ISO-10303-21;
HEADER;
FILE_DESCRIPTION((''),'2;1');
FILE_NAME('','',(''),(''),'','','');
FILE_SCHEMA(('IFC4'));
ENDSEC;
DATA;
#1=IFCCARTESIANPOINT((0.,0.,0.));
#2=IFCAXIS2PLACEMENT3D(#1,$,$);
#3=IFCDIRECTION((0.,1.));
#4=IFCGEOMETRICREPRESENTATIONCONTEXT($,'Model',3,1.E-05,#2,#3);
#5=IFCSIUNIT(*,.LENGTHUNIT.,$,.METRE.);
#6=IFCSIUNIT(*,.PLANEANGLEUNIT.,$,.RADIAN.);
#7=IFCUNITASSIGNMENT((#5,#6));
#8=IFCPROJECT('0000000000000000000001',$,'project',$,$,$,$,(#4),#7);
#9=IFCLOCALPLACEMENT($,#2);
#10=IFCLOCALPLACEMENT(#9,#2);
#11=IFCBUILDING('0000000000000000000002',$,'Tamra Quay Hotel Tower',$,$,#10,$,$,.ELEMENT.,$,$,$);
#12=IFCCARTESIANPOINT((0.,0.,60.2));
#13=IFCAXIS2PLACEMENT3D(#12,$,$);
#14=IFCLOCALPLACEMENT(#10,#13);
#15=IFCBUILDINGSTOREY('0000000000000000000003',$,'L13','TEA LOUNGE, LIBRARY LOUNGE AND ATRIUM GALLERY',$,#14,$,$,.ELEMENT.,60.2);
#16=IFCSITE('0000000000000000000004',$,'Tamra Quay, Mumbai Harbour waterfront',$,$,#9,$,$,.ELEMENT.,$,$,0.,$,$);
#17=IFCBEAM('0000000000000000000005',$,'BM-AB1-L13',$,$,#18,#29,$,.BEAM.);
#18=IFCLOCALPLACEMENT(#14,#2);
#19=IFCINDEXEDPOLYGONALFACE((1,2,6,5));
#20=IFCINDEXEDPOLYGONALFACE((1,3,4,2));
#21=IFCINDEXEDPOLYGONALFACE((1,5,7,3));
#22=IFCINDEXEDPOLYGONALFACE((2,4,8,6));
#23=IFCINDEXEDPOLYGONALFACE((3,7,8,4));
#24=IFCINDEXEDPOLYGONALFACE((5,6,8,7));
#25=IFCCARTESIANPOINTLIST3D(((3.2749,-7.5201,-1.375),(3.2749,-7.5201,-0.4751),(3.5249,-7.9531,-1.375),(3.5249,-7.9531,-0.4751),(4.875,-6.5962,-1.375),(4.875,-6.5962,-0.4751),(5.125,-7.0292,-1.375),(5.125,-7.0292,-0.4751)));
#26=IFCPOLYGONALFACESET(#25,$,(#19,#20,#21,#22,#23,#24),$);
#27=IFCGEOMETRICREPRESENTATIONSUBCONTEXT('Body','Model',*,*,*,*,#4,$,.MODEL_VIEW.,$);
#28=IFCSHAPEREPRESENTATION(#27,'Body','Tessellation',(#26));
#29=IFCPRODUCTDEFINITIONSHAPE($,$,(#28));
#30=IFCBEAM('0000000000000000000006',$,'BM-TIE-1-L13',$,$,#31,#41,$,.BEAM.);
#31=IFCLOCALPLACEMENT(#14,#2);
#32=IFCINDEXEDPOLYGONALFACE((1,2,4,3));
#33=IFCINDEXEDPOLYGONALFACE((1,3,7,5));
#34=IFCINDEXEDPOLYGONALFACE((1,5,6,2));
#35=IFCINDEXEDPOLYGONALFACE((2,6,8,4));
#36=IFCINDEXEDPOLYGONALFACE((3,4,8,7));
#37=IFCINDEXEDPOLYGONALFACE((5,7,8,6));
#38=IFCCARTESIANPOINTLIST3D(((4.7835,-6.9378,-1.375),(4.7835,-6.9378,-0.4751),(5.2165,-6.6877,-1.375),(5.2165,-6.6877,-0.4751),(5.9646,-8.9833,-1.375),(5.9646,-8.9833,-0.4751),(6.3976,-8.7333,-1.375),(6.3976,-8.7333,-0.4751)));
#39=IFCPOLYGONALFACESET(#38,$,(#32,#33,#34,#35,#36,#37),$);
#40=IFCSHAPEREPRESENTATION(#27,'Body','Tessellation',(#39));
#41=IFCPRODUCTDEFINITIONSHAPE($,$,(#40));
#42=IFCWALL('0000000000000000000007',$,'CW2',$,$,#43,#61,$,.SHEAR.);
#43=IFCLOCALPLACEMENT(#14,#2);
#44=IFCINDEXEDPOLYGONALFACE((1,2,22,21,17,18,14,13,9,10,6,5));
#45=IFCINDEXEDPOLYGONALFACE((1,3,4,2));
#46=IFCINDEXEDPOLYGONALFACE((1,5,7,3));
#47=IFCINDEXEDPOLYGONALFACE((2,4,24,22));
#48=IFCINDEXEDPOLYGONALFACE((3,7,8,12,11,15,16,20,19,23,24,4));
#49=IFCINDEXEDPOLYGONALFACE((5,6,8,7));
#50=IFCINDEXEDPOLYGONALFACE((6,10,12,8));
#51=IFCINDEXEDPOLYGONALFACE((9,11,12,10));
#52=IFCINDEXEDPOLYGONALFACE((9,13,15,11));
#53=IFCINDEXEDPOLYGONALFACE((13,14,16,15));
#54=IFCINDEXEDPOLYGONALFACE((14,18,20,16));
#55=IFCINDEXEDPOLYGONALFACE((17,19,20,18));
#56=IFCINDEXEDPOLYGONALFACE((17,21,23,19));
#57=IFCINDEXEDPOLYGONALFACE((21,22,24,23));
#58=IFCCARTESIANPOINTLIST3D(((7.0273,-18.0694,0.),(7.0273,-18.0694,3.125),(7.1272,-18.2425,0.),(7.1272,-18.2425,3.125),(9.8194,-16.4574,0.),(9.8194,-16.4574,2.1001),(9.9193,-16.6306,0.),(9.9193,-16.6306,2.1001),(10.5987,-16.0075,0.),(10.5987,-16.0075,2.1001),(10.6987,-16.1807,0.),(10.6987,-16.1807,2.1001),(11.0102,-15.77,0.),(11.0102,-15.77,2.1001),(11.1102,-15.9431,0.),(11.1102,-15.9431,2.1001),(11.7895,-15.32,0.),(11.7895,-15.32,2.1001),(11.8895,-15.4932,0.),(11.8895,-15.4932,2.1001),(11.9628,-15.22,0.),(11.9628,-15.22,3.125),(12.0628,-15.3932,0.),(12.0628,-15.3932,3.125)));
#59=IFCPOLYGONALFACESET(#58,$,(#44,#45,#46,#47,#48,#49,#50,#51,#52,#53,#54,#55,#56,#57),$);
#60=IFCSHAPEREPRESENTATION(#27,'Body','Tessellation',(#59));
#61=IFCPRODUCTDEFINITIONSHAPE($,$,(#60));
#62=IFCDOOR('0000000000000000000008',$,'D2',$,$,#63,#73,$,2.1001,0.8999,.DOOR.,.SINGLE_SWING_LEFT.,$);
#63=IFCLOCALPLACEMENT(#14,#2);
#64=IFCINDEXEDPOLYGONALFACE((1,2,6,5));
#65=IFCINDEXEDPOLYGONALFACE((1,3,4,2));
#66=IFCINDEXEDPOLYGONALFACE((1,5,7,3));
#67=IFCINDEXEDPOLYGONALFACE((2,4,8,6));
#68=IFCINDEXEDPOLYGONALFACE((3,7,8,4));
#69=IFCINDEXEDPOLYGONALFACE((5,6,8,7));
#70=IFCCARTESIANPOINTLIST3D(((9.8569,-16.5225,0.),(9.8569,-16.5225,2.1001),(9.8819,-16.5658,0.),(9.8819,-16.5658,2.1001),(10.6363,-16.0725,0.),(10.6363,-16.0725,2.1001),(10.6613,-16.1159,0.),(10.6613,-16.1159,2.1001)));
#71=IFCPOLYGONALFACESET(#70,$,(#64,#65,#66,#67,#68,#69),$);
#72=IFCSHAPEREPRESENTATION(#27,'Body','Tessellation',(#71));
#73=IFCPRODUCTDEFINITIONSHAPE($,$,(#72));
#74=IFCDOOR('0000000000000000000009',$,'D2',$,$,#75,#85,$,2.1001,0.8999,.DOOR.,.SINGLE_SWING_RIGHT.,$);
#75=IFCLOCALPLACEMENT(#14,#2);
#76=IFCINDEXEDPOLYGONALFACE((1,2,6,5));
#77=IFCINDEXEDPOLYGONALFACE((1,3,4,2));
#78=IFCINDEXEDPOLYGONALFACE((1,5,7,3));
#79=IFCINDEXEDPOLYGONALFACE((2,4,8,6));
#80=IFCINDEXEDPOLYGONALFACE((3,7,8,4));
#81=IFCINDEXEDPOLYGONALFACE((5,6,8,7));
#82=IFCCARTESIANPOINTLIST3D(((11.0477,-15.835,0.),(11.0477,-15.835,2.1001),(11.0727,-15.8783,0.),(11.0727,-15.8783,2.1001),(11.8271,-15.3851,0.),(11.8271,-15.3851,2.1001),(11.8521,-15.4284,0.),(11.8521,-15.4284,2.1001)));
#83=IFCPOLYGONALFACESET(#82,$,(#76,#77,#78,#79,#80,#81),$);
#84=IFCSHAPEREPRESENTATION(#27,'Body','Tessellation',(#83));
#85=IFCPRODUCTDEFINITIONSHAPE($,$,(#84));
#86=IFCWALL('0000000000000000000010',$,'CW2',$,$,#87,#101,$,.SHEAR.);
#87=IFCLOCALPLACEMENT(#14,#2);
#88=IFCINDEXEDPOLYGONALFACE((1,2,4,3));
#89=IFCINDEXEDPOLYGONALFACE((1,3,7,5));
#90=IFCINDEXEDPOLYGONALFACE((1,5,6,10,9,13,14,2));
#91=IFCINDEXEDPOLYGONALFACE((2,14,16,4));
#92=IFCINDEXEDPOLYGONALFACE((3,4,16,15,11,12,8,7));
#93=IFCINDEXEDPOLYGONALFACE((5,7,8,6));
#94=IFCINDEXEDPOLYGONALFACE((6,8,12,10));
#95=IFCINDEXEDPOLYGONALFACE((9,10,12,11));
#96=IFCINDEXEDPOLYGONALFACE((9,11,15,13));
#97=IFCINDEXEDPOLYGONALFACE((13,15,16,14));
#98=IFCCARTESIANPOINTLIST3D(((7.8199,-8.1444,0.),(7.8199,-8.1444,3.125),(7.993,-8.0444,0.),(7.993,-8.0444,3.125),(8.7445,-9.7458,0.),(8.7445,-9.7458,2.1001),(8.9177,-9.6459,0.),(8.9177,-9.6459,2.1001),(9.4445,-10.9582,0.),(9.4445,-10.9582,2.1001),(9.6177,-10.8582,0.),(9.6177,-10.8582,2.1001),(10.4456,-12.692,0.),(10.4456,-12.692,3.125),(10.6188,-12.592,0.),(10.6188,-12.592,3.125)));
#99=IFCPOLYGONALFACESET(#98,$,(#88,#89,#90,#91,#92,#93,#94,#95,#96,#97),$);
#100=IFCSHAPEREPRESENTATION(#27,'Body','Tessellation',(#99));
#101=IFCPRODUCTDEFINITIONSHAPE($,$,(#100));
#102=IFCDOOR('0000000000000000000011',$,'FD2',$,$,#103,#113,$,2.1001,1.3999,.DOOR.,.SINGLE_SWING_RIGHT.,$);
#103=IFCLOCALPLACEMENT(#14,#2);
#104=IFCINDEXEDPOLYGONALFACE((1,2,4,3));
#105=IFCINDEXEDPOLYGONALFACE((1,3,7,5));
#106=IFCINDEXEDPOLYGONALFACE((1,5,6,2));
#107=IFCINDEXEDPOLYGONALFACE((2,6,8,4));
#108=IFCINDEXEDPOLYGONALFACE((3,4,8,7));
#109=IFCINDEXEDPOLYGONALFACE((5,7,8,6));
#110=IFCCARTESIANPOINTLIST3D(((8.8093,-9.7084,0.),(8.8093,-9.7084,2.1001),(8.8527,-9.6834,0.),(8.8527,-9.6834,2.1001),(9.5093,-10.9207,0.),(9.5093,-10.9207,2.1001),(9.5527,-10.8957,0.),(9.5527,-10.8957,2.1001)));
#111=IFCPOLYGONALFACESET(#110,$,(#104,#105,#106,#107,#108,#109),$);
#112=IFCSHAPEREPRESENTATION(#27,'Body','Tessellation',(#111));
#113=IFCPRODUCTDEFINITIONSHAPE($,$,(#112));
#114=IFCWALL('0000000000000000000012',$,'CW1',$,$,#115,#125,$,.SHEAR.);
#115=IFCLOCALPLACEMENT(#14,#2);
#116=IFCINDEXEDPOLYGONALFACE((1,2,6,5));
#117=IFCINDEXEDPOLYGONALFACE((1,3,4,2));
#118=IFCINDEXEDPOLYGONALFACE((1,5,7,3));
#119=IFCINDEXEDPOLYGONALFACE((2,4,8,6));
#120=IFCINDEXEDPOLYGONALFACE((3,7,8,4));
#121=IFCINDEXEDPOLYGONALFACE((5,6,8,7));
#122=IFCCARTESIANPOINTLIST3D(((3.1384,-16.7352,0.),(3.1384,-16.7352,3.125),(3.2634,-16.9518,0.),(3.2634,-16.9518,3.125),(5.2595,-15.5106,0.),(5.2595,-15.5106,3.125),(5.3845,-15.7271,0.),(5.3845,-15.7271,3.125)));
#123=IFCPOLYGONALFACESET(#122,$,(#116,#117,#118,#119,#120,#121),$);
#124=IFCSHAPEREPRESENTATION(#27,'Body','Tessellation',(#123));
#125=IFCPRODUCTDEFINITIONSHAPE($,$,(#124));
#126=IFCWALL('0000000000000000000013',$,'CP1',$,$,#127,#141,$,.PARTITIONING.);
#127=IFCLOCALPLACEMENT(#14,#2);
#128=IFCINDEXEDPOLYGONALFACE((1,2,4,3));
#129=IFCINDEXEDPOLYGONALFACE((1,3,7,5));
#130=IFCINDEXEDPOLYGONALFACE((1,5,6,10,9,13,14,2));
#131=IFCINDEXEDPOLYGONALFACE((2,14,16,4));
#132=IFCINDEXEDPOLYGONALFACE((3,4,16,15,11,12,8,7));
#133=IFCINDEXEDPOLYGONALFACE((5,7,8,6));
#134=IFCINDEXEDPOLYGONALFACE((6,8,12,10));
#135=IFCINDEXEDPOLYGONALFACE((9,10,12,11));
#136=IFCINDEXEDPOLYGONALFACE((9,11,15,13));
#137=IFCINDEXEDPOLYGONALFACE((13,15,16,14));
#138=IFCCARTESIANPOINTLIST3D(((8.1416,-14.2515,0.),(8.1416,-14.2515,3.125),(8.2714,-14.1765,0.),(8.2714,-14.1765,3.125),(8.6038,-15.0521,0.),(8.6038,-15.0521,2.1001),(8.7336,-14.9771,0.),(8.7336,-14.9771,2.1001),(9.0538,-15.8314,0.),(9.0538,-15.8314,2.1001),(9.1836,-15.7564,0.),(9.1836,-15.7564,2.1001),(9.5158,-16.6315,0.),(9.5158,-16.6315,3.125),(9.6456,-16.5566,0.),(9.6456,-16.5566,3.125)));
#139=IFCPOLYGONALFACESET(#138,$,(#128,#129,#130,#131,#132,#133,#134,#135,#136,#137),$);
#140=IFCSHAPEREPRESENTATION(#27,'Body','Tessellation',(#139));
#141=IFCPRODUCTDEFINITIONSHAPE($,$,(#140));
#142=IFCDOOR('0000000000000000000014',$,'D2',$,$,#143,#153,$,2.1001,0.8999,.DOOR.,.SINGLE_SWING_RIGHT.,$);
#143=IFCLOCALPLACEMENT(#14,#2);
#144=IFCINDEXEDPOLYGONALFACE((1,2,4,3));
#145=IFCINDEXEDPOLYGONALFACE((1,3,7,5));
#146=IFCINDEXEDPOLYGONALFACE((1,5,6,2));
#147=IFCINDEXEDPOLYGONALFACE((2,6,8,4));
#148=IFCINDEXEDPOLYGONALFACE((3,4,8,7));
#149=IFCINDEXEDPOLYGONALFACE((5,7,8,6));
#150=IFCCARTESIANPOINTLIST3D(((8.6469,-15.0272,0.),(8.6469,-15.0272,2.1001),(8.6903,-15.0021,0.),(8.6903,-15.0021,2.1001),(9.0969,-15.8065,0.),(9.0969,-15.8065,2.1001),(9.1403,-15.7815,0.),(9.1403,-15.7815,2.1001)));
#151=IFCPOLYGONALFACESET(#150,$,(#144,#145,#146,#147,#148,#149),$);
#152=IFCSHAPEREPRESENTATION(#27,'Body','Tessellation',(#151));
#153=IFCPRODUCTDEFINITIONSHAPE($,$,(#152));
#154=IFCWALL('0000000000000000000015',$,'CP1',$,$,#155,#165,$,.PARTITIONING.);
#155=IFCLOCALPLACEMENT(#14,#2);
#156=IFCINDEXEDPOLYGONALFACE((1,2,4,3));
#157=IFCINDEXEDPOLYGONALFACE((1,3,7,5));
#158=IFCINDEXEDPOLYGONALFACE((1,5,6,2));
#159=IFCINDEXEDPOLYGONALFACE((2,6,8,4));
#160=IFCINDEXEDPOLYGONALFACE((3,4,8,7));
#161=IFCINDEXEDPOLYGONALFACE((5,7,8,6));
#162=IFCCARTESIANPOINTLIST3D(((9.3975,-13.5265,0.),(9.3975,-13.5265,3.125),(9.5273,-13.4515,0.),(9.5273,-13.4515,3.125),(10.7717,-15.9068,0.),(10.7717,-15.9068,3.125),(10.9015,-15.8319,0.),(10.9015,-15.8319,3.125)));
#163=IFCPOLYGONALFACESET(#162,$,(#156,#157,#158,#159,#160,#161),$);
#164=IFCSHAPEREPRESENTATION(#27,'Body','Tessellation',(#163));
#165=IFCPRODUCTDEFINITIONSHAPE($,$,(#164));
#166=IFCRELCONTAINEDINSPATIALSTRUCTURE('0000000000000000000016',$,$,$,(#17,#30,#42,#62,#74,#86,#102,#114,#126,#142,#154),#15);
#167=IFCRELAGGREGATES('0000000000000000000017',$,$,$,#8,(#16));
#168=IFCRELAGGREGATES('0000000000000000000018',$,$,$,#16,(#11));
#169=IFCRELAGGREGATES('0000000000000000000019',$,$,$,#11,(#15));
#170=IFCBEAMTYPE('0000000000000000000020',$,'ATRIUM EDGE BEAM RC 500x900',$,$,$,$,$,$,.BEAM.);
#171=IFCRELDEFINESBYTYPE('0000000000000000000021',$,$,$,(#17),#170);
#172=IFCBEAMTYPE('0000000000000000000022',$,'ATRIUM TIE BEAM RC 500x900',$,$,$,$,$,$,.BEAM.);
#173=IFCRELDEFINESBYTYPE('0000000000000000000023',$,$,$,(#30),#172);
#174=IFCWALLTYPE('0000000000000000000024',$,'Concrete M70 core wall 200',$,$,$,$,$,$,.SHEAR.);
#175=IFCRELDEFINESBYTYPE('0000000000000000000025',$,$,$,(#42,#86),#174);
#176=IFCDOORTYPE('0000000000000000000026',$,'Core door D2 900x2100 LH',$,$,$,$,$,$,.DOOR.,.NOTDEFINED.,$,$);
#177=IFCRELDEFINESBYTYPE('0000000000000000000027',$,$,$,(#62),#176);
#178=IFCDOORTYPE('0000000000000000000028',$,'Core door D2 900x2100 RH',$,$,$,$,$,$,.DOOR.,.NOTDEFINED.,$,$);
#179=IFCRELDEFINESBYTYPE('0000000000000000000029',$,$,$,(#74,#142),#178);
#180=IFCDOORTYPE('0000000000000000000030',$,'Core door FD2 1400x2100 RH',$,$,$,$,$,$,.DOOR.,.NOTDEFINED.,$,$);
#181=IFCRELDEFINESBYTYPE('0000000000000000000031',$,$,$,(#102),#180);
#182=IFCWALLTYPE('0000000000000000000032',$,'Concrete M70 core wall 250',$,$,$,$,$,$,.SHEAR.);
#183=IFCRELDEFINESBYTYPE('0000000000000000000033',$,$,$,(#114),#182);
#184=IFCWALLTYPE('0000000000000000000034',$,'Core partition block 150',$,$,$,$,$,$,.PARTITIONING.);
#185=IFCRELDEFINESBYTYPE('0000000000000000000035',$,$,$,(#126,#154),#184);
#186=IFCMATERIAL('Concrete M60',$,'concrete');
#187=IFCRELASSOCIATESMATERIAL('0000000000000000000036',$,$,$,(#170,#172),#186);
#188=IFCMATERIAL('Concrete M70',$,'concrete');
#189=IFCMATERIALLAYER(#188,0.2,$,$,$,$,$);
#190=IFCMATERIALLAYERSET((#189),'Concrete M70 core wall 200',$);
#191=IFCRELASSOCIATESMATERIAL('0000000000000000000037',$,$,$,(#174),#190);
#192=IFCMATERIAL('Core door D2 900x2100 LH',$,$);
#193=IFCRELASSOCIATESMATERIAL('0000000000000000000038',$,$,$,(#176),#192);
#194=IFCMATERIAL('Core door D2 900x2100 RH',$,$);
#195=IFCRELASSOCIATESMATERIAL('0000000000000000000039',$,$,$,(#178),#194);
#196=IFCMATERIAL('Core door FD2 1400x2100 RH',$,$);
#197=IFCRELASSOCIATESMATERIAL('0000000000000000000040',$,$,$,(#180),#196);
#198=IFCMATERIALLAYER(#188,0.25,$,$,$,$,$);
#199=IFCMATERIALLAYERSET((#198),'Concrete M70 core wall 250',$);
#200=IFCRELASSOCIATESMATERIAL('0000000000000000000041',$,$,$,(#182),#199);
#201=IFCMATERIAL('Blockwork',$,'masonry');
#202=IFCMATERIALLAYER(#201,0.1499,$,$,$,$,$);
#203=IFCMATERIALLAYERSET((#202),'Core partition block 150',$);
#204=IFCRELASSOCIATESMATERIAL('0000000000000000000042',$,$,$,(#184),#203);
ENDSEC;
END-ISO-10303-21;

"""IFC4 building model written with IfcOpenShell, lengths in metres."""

from ifc_helpers import new_model, si_unit, direction, frame, frame_2d, origin, origin_2d, place, context, subcontext, project, spatial, rectangle, extrude, material, layer, layer_set, material_profile, profile_set, type_object, element, fill, save


model = new_model("IFC4")

# Units and contexts
model_context = context("Model", 3, precision=1e-05, world=origin(), true_north=direction((0.0, 1.0)))
body_context = subcontext(model_context, "Body", "Model", "MODEL_VIEW")
ifc_project = project(units=[si_unit("LENGTHUNIT", "METRE"), si_unit("PLANEANGLEUNIT", "RADIAN")], contexts=[model_context])

# Site, building, storey
site_placement = place(None, origin())
site = spatial("IfcSite", under=ifc_project, at=site_placement, Name="Tamra Quay, Mumbai Harbour waterfront", CompositionType="ELEMENT", RefElevation=0.0)
building_placement = place(site_placement, origin())
building = spatial("IfcBuilding", under=site, at=building_placement, Name="Tamra Quay Hotel Tower", CompositionType="ELEMENT")
storey_placement = place(building_placement, frame((0.0, 0.0, 60.2)))
storey = spatial("IfcBuildingStorey", under=building, at=storey_placement, Name="L13", Description="TEA LOUNGE, LIBRARY LOUNGE AND ATRIUM GALLERY", CompositionType="ELEMENT", Elevation=60.2)

# Beams
ifc_material_1 = material(Name="Concrete M60", Category="concrete")
ifc_material_profile_1 = material_profile(ifc_material_1, rectangle(XDim=0.5, YDim=0.8999, at=origin_2d()), Name="ATRIUM EDGE BEAM RC 500x900")
ifc_profile_set_1 = profile_set([ifc_material_profile_1], Name="Concrete M60")
beam_type_1 = type_object("IfcBeamType", Name="ATRIUM EDGE BEAM RC 500x900", PredefinedType="BEAM", material=ifc_profile_set_1)
beam_1_placement = place(storey_placement, frame((5.0, -6.8127, -0.925), z_axis=(-0.866023, -0.500005, 0.0), x_axis=(0.500005, -0.866023, 0.0)))
element("IfcBeam", 1, at=beam_1_placement, inside=storey, type_object=beam_type_1, Name="BM-AB1-L13", PredefinedType="BEAM", context=body_context, shape_type="SweptSolid", body=[
    extrude(rectangle(XDim=0.5, YDim=0.8999, at=origin_2d()), origin(), (0.0, 0.0, 1.0), 1.8477),
])
ifc_material_profile_2 = material_profile(ifc_material_1, rectangle(XDim=0.5, YDim=0.8999, at=origin_2d()), Name="ATRIUM TIE BEAM RC 500x900")
ifc_profile_set_2 = profile_set([ifc_material_profile_2], Name="Concrete M60")
beam_type_2 = type_object("IfcBeamType", Name="ATRIUM TIE BEAM RC 500x900", PredefinedType="BEAM", material=ifc_profile_set_2)
beam_2_placement = place(storey_placement, frame((5.0, -6.8127, -0.925), z_axis=(0.50003, -0.866008, 0.0), x_axis=(0.866008, 0.50003, 0.0)))
element("IfcBeam", 2, at=beam_2_placement, inside=storey, type_object=beam_type_2, Name="BM-TIE-1-L13", PredefinedType="BEAM", context=body_context, shape_type="SweptSolid", body=[
    extrude(rectangle(XDim=0.5, YDim=0.8999, at=origin_2d()), origin(), (0.0, 0.0, 1.0), 2.3621),
])

# Wall, openings, doors
ifc_material_2 = material(Name="Concrete M70", Category="concrete")
ifc_layer_1 = layer(ifc_material_2, 0.2)
ifc_layer_set_1 = layer_set([ifc_layer_1], Name="Concrete M70 core wall 200")
wall_type_1 = type_object("IfcWallType", Name="Concrete M70 core wall 200", PredefinedType="SHEAR", material=ifc_layer_set_1)
wall_1_placement = place(storey_placement, frame((7.0771, -18.156, 0.0), z_axis=(0.0, 0.0, 1.0), x_axis=(0.866039, 0.499977, 0.0)))
wall_1 = element("IfcWall", 3, at=wall_1_placement, inside=storey, type_object=wall_type_1, Name="CW2", PredefinedType="SHEAR", context=body_context, shape_type="SweptSolid", body=[
    extrude(rectangle(XDim=5.699, YDim=0.2, at=frame_2d((2.8496, 0.0))), origin(), (0.0, 0.0, 1.0), 3.125),
])
opening_1_placement = place(wall_1_placement, frame((3.2241, 0.0, 0.0)))
opening_1 = element("IfcOpeningElement", 4, at=opening_1_placement, cuts=wall_1, PredefinedType="OPENING", context=body_context, shape_type="SweptSolid", body=[
    extrude(rectangle(XDim=0.8999, YDim=2.1001, at=frame_2d((0.45, 1.05))), frame((0.0, 0.1099, 0.0), z_axis=(0.0, -1.0, 0.0), x_axis=(1.0, 0.0, 0.0)), (0.0, 0.0, 1.0), 0.22),
])
opening_2_placement = place(wall_1_placement, frame((4.5991, 0.0, 0.0)))
opening_2 = element("IfcOpeningElement", 5, at=opening_2_placement, cuts=wall_1, PredefinedType="OPENING", context=body_context, shape_type="SweptSolid", body=[
    extrude(rectangle(XDim=0.8999, YDim=2.1001, at=frame_2d((0.45, 1.05))), frame((0.0, 0.1099, 0.0), z_axis=(0.0, -1.0, 0.0), x_axis=(1.0, 0.0, 0.0)), (0.0, 0.0, 1.0), 0.22),
])
ifc_material_3 = material(Name="Core door D2 900x2100 LH")
door_type_1 = type_object("IfcDoorType", Name="Core door D2 900x2100 LH", OperationType="NOTDEFINED", PredefinedType="DOOR", material=ifc_material_3)
door_1_placement = place(opening_1_placement, origin())
door_1 = element("IfcDoor", 6, at=door_1_placement, inside=storey, type_object=door_type_1, Name="D2", OperationType="SINGLE_SWING_LEFT", OverallHeight=2.1001, OverallWidth=0.8999, PredefinedType="DOOR", context=body_context, shape_type="SweptSolid", body=[
    extrude(rectangle(XDim=0.8999, YDim=2.1001, at=frame_2d((0.45, 1.05))), frame((0.0, 0.0249, 0.0), z_axis=(0.0, -1.0, 0.0), x_axis=(1.0, 0.0, 0.0)), (0.0, 0.0, 1.0), 0.05),
])
fill(opening_1, door_1)
ifc_material_4 = material(Name="Core door D2 900x2100 RH")
door_type_2 = type_object("IfcDoorType", Name="Core door D2 900x2100 RH", OperationType="NOTDEFINED", PredefinedType="DOOR", material=ifc_material_4)
door_2_placement = place(opening_2_placement, origin())
door_2 = element("IfcDoor", 7, at=door_2_placement, inside=storey, type_object=door_type_2, Name="D2", OperationType="SINGLE_SWING_RIGHT", OverallHeight=2.1001, OverallWidth=0.8999, PredefinedType="DOOR", context=body_context, shape_type="SweptSolid", body=[
    extrude(rectangle(XDim=0.8999, YDim=2.1001, at=frame_2d((0.45, 1.05))), frame((0.0, 0.0249, 0.0), z_axis=(0.0, -1.0, 0.0), x_axis=(1.0, 0.0, 0.0)), (0.0, 0.0, 1.0), 0.05),
])
fill(opening_2, door_2)

# Wall, opening, door
wall_2_placement = place(storey_placement, frame((7.9065, -8.0945, 0.0), z_axis=(0.0, 0.0, 1.0), x_axis=(0.500024, -0.866011, 0.0)))
wall_2 = element("IfcWall", 8, at=wall_2_placement, inside=storey, type_object=wall_type_1, Name="CW2", PredefinedType="SHEAR", context=body_context, shape_type="SweptSolid", body=[
    extrude(rectangle(XDim=5.2512, YDim=0.2, at=frame_2d((2.6255, 0.0))), origin(), (0.0, 0.0, 1.0), 3.125),
])
opening_3_placement = place(wall_2_placement, frame((1.8491, 0.0, 0.0)))
opening_3 = element("IfcOpeningElement", 9, at=opening_3_placement, cuts=wall_2, PredefinedType="OPENING", context=body_context, shape_type="SweptSolid", body=[
    extrude(rectangle(XDim=1.3999, YDim=2.1001, at=frame_2d((0.7, 1.05))), frame((0.0, 0.1099, 0.0), z_axis=(0.0, -1.0, 0.0), x_axis=(1.0, 0.0, 0.0)), (0.0, 0.0, 1.0), 0.22),
])
ifc_material_5 = material(Name="Core door FD2 1400x2100 RH")
door_type_3 = type_object("IfcDoorType", Name="Core door FD2 1400x2100 RH", OperationType="NOTDEFINED", PredefinedType="DOOR", material=ifc_material_5)
door_3_placement = place(opening_3_placement, origin())
door_3 = element("IfcDoor", 10, at=door_3_placement, inside=storey, type_object=door_type_3, Name="FD2", OperationType="SINGLE_SWING_RIGHT", OverallHeight=2.1001, OverallWidth=1.3999, PredefinedType="DOOR", context=body_context, shape_type="SweptSolid", body=[
    extrude(rectangle(XDim=1.3999, YDim=2.1001, at=frame_2d((0.7, 1.05))), frame((0.0, 0.0249, 0.0), z_axis=(0.0, -1.0, 0.0), x_axis=(1.0, 0.0, 0.0)), (0.0, 0.0, 1.0), 0.05),
])
fill(opening_3, door_3)

# Wall
ifc_layer_2 = layer(ifc_material_2, 0.25)
ifc_layer_set_2 = layer_set([ifc_layer_2], Name="Concrete M70 core wall 250")
wall_type_2 = type_object("IfcWallType", Name="Concrete M70 core wall 250", PredefinedType="SHEAR", material=ifc_layer_set_2)
wall_3_placement = place(storey_placement, frame((5.322, -15.6189, 0.0), z_axis=(0.0, 0.0, 1.0), x_axis=(-0.866026, -0.499999, 0.0)))
element("IfcWall", 11, at=wall_3_placement, inside=storey, type_object=wall_type_2, Name="CW1", PredefinedType="SHEAR", context=body_context, shape_type="SweptSolid", body=[
    extrude(rectangle(XDim=2.4492, YDim=0.25, at=frame_2d((1.2246, 0.0))), origin(), (0.0, 0.0, 1.0), 3.125),
])

# Wall, opening, door
ifc_material_6 = material(Name="Blockwork", Category="masonry")
ifc_layer_3 = layer(ifc_material_6, 0.1499)
ifc_layer_set_3 = layer_set([ifc_layer_3], Name="Core partition block 150")
wall_type_3 = type_object("IfcWallType", Name="Core partition block 150", PredefinedType="PARTITIONING", material=ifc_layer_set_3)
wall_4_placement = place(storey_placement, frame((8.2065, -14.2141, 0.0), z_axis=(0.0, 0.0, 1.0), x_axis=(0.500027, -0.86601, 0.0)))
wall_4 = element("IfcWall", 12, at=wall_4_placement, inside=storey, type_object=wall_type_3, Name="CP1", PredefinedType="PARTITIONING", context=body_context, shape_type="SweptSolid", body=[
    extrude(rectangle(XDim=2.7483, YDim=0.1499, at=frame_2d((1.374, 0.0))), origin(), (0.0, 0.0, 1.0), 3.125),
])
opening_4_placement = place(wall_4_placement, frame((0.9243, 0.0, 0.0)))
opening_4 = element("IfcOpeningElement", 13, at=opening_4_placement, cuts=wall_4, PredefinedType="OPENING", context=body_context, shape_type="SweptSolid", body=[
    extrude(rectangle(XDim=0.8999, YDim=2.1001, at=frame_2d((0.45, 1.05))), frame((0.0, 0.085, 0.0), z_axis=(0.0, -1.0, 0.0), x_axis=(1.0, 0.0, 0.0)), (0.0, 0.0, 1.0), 0.1699),
])
door_4_placement = place(opening_4_placement, origin())
door_4 = element("IfcDoor", 14, at=door_4_placement, inside=storey, type_object=door_type_2, Name="D2", OperationType="SINGLE_SWING_RIGHT", OverallHeight=2.1001, OverallWidth=0.8999, PredefinedType="DOOR", context=body_context, shape_type="SweptSolid", body=[
    extrude(rectangle(XDim=0.8999, YDim=2.1001, at=frame_2d((0.45, 1.05))), frame((0.0, 0.0249, 0.0), z_axis=(0.0, -1.0, 0.0), x_axis=(1.0, 0.0, 0.0)), (0.0, 0.0, 1.0), 0.05),
])
fill(opening_4, door_4)

# Wall
wall_5_placement = place(storey_placement, frame((9.4624, -13.489, 0.0), z_axis=(0.0, 0.0, 1.0), x_axis=(0.499989, -0.866032, 0.0)))
element("IfcWall", 15, at=wall_5_placement, inside=storey, type_object=wall_type_3, Name="CP1", PredefinedType="PARTITIONING", context=body_context, shape_type="SweptSolid", body=[
    extrude(rectangle(XDim=2.7485, YDim=0.1499, at=frame_2d((1.3743, 0.0))), origin(), (0.0, 0.0, 1.0), 3.125),
])

save(model, "model.ifc")
